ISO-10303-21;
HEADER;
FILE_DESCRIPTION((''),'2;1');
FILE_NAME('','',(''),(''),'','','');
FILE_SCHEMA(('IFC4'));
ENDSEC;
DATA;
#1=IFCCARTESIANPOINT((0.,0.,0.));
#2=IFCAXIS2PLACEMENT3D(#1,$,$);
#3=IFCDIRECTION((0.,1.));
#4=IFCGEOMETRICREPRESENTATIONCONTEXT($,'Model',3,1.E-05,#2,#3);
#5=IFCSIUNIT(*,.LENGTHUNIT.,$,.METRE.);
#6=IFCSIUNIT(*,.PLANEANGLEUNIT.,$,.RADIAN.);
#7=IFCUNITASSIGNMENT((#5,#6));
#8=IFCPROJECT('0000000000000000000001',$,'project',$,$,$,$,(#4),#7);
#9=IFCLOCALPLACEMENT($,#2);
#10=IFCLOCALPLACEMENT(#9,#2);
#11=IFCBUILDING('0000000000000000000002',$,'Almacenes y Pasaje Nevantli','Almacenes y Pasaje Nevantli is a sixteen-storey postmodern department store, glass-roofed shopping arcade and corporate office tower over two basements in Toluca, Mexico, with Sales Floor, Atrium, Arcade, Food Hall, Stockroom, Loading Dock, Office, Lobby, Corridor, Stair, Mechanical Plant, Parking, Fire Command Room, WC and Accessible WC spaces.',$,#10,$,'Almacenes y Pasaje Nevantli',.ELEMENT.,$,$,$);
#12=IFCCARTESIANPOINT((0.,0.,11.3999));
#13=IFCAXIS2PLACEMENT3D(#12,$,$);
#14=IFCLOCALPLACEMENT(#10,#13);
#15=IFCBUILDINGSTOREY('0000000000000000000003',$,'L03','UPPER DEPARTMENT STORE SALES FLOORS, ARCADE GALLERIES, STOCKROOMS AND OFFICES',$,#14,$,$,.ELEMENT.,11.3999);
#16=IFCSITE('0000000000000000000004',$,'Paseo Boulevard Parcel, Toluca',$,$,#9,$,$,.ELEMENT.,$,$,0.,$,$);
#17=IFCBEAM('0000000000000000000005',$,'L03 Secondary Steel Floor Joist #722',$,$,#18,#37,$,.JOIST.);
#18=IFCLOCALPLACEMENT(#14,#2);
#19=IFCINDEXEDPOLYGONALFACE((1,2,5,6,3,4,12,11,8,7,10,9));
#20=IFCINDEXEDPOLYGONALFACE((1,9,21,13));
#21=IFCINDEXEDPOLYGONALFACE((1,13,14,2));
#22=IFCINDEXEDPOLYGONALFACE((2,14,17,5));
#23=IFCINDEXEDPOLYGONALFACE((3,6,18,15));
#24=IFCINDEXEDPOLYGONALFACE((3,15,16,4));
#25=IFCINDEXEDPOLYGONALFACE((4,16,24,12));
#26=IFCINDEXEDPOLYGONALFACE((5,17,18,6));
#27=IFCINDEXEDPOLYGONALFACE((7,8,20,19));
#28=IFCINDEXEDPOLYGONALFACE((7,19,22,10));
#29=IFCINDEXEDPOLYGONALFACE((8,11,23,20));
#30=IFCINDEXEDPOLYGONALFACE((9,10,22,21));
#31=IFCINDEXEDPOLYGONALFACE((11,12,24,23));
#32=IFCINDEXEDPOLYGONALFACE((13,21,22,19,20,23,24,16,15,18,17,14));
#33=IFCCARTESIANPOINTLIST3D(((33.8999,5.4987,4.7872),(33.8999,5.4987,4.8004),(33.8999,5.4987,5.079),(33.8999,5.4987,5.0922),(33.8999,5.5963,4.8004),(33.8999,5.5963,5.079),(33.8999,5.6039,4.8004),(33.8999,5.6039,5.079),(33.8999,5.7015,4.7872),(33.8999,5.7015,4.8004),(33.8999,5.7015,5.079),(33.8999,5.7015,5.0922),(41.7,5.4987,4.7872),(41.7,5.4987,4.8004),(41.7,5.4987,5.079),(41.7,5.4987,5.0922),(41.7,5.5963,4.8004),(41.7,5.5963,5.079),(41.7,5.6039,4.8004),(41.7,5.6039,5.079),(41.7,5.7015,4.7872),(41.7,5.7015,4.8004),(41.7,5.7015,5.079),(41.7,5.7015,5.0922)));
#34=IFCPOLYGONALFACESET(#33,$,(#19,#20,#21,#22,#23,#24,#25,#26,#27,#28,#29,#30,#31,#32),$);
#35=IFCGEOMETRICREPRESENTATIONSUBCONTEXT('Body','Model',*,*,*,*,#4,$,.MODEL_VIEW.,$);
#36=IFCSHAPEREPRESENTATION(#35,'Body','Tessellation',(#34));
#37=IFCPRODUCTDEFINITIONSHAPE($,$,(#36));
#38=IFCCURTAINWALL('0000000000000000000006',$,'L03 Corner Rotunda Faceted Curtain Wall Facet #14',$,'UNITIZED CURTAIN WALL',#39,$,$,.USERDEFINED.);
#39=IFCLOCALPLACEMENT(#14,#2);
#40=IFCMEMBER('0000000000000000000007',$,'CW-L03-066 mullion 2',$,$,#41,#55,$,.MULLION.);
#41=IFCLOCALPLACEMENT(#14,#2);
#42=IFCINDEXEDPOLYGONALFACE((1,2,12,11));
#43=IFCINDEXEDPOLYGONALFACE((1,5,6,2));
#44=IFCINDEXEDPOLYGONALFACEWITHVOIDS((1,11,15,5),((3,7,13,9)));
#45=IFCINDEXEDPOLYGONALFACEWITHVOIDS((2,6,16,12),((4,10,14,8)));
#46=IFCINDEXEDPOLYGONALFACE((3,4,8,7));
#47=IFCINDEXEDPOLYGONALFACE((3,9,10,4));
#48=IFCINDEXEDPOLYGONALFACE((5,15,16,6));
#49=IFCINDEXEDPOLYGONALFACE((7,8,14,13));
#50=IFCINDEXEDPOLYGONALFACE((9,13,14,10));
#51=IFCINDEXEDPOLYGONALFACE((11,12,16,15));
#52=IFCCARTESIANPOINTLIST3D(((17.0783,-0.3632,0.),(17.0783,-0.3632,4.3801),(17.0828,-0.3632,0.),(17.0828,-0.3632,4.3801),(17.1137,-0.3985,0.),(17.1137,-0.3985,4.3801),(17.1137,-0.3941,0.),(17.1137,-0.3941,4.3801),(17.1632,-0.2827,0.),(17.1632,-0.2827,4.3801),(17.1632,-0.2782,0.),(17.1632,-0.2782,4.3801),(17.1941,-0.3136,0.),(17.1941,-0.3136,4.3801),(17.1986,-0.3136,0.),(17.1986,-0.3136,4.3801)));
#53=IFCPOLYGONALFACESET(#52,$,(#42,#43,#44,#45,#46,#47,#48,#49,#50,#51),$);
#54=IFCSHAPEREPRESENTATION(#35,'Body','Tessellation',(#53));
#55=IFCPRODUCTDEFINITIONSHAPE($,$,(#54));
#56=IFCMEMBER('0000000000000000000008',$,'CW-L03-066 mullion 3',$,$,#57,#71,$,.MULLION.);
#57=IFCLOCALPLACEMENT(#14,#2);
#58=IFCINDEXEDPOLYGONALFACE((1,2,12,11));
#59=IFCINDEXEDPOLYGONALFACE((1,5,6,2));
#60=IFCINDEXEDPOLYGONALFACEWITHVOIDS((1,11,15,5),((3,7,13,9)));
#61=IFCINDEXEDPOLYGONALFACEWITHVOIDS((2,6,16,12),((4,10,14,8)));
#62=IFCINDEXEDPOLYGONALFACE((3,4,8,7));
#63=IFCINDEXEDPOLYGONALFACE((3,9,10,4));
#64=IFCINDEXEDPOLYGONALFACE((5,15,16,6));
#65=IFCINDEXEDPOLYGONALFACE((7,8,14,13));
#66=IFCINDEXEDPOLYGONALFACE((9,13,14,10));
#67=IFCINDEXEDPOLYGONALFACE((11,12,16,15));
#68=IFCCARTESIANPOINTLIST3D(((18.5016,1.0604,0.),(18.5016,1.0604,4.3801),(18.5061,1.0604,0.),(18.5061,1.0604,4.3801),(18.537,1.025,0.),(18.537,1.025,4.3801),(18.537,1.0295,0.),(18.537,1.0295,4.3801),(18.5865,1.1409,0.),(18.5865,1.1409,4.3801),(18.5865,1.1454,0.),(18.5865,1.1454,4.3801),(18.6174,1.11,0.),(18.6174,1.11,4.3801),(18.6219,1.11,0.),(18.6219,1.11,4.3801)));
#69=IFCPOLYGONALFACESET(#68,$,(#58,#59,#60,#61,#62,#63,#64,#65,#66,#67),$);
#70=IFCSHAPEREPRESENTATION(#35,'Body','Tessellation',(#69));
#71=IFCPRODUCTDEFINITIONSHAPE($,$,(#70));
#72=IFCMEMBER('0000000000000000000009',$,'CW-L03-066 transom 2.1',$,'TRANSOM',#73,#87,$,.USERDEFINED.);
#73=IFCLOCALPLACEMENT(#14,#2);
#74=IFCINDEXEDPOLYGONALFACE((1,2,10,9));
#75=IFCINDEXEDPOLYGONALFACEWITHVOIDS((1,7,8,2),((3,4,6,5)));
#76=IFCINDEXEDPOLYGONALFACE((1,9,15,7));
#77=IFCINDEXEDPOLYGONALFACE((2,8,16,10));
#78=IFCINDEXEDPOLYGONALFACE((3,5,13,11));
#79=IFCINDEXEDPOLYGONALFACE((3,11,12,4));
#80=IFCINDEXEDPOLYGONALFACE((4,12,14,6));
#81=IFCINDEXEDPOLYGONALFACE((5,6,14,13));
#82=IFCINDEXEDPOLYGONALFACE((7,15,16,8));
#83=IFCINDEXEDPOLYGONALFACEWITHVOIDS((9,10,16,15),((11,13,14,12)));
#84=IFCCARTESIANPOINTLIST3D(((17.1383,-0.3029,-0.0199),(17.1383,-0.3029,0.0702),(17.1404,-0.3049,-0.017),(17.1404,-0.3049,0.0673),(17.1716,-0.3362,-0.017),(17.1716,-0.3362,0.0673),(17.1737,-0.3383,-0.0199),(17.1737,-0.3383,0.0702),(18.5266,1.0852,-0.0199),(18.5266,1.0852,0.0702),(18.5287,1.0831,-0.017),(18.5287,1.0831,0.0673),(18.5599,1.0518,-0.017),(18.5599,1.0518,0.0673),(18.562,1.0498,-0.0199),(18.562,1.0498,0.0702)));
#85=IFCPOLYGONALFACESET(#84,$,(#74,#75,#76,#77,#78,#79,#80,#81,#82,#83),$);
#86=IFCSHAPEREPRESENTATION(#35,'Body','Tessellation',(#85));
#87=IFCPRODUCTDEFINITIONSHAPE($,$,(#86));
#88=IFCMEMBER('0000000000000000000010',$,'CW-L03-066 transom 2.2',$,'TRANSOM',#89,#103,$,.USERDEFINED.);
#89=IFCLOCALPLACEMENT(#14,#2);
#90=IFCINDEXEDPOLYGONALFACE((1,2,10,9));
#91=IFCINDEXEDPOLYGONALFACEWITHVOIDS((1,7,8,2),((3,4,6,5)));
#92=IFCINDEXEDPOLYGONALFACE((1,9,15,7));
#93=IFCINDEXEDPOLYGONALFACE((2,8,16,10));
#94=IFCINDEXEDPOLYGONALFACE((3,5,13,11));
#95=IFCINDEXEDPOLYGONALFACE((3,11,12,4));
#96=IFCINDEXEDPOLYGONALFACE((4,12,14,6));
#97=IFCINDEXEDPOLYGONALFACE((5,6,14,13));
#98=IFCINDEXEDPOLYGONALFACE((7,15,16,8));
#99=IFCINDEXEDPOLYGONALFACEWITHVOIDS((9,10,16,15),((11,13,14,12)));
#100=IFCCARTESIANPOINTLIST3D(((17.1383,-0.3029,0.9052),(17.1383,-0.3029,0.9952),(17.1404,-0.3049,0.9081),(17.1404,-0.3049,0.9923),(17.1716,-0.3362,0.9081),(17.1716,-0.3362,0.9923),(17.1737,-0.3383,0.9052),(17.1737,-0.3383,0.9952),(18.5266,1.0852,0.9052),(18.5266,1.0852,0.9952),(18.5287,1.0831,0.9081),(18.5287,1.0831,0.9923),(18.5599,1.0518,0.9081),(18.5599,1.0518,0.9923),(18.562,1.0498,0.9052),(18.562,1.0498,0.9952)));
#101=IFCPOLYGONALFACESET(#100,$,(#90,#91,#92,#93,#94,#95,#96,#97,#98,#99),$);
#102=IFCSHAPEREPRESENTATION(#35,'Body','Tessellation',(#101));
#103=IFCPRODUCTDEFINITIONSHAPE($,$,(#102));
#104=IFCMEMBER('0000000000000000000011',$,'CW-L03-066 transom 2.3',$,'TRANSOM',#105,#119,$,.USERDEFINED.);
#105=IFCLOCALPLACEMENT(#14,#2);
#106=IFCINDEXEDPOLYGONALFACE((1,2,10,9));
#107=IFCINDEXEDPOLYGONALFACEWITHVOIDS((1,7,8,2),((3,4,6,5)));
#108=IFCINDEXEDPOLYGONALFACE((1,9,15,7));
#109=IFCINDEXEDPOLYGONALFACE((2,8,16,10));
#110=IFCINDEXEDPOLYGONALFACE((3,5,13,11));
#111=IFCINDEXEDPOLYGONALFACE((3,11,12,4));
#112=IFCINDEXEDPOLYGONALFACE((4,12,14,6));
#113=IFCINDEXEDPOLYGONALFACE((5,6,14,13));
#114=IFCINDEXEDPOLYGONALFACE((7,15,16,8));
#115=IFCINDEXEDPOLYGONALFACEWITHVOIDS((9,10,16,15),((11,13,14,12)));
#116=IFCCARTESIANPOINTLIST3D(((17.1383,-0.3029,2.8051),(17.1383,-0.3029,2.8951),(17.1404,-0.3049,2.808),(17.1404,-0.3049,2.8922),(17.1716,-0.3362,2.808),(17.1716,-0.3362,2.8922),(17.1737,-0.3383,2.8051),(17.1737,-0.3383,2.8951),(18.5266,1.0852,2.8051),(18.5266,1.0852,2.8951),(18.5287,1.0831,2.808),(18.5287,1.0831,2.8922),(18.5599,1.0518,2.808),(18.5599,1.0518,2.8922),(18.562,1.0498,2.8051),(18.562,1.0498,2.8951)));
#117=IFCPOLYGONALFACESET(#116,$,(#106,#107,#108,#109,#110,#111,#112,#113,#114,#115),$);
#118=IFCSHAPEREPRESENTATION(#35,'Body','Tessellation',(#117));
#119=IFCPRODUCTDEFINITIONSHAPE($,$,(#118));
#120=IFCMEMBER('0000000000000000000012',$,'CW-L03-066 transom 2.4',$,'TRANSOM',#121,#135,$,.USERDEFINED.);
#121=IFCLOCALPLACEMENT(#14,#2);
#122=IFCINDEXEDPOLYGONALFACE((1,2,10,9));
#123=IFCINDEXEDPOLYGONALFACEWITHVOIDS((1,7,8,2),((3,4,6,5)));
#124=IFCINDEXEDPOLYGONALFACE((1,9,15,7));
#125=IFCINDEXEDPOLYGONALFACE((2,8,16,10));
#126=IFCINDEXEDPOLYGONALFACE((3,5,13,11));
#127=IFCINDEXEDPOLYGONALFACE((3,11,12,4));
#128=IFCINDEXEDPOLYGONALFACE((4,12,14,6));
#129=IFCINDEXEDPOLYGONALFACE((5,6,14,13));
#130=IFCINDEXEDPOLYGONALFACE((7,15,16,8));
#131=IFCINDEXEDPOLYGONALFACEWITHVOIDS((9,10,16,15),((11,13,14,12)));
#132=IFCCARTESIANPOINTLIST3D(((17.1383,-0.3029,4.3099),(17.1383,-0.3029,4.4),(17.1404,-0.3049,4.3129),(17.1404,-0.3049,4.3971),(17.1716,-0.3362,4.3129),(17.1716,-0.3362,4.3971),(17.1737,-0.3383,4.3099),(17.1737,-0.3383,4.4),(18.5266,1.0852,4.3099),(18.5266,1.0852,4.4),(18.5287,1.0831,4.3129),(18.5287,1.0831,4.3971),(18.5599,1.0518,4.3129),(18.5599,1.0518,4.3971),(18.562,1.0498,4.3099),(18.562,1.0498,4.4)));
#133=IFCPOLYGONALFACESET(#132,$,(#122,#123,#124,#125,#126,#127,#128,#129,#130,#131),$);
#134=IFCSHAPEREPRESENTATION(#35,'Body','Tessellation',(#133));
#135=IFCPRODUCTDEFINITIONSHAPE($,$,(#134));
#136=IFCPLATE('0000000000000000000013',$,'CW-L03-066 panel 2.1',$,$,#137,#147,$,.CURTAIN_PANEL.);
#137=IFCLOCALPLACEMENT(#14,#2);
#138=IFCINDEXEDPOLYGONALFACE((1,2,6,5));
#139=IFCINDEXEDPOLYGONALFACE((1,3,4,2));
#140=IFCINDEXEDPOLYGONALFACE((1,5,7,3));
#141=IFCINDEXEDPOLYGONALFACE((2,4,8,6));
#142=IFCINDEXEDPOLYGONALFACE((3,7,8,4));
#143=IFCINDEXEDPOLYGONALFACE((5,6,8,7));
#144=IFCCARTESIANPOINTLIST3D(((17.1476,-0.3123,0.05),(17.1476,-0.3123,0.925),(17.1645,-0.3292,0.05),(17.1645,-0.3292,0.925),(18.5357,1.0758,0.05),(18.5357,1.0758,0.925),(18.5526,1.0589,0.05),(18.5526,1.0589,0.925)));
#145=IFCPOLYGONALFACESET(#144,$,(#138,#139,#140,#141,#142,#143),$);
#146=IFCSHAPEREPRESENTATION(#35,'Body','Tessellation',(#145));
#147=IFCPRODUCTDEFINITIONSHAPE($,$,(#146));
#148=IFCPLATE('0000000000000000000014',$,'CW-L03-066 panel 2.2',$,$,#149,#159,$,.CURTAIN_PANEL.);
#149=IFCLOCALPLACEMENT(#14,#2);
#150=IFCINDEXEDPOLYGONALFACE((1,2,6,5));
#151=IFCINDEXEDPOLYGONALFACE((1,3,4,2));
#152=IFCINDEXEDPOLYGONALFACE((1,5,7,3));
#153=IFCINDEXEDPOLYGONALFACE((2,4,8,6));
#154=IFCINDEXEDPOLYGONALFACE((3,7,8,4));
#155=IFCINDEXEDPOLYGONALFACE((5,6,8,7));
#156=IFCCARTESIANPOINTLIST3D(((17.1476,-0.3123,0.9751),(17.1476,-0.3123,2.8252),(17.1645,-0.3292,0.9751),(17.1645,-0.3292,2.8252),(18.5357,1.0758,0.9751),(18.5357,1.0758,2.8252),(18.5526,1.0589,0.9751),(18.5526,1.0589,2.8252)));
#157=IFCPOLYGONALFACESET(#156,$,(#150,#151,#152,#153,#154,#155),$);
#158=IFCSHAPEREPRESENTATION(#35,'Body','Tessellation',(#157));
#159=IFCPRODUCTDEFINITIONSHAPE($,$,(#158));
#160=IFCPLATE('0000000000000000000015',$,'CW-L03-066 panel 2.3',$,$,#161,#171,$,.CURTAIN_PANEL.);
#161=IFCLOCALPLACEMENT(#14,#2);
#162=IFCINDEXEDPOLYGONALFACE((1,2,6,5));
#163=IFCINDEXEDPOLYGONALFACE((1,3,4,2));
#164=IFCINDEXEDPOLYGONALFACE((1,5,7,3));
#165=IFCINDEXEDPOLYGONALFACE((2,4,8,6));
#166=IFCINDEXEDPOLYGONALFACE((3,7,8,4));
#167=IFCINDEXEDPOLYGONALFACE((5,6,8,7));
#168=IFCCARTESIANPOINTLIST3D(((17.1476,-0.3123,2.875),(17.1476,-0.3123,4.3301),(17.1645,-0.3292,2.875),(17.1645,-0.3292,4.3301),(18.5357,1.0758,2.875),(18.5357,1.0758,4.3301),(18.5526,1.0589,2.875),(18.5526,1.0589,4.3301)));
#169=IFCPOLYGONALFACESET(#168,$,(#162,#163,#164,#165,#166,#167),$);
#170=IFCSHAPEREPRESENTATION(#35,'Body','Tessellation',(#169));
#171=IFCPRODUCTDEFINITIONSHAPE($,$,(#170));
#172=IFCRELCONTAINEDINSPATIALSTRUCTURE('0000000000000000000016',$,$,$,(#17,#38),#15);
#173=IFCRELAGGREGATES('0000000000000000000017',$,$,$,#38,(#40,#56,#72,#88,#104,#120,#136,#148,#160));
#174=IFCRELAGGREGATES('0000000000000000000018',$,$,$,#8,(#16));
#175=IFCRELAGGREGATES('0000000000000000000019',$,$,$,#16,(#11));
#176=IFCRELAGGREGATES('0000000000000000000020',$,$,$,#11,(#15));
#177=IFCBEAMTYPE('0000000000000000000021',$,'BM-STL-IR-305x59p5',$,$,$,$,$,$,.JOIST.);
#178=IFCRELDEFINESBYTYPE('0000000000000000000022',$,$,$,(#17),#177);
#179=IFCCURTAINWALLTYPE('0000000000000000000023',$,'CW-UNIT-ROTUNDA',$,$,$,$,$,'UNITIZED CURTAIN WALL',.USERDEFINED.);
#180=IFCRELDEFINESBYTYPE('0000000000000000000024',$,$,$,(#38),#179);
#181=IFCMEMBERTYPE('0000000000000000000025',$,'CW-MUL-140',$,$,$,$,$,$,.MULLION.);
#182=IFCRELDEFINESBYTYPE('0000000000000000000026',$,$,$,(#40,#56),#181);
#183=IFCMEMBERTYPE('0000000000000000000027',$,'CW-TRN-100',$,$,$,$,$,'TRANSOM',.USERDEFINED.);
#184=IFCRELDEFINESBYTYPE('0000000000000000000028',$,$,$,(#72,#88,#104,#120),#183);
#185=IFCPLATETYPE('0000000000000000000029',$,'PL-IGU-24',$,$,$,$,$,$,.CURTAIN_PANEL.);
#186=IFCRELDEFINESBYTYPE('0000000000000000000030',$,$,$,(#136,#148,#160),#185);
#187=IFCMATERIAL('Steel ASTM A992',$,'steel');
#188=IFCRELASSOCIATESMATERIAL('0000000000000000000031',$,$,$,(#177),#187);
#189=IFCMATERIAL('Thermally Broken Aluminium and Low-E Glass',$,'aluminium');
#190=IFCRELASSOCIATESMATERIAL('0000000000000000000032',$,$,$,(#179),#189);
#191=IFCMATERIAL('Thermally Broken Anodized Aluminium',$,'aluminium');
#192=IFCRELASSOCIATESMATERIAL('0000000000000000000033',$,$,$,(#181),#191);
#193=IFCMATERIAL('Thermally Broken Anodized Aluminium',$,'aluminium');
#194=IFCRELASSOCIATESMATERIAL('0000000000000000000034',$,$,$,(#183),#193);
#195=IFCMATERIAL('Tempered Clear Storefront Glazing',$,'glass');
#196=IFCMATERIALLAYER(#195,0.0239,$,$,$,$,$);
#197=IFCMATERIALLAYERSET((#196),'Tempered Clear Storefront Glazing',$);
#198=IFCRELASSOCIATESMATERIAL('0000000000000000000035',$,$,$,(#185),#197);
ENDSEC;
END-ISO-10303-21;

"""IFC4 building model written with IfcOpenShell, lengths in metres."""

from ifc_helpers import new_model, si_unit, direction, frame, origin, origin_2d, place, context, subcontext, project, spatial, rectangle, hollow_rectangle, i_section, extrude, material, layer, layer_set, material_profile, profile_set, type_object, element, aggregate, save


model = new_model("IFC4")

# Units and contexts
model_context = context("Model", 3, precision=1e-05, world=origin(), true_north=direction((0.0, 1.0)))
body_context = subcontext(model_context, "Body", "Model", "MODEL_VIEW")
ifc_project = project(units=[si_unit("LENGTHUNIT", "METRE"), si_unit("PLANEANGLEUNIT", "RADIAN")], contexts=[model_context])

# Site, building, storey
site_placement = place(None, origin())
site = spatial("IfcSite", under=ifc_project, at=site_placement, Name="Paseo Boulevard Parcel, Toluca", CompositionType="ELEMENT", RefElevation=0.0)
building_placement = place(site_placement, origin())
building = spatial("IfcBuilding", under=site, at=building_placement, Name="Almacenes y Pasaje Nevantli", Description="Almacenes y Pasaje Nevantli is a sixteen-storey postmodern department store, glass-roofed shopping arcade and corporate office tower over two basements in Toluca, Mexico, with Sales Floor, Atrium, Arcade, Food Hall, Stockroom, Loading Dock, Office, Lobby, Corridor, Stair, Mechanical Plant, Parking, Fire Command Room, WC and Accessible WC spaces.", LongName="Almacenes y Pasaje Nevantli", CompositionType="ELEMENT")
storey_placement = place(building_placement, frame((0.0, 0.0, 11.3999)))
storey = spatial("IfcBuildingStorey", under=building, at=storey_placement, Name="L03", Description="UPPER DEPARTMENT STORE SALES FLOORS, ARCADE GALLERIES, STOCKROOMS AND OFFICES", CompositionType="ELEMENT", Elevation=11.3999)

# Beam
ifc_material_1 = material(Name="Steel ASTM A992", Category="steel")
ifc_material_profile_1 = material_profile(ifc_material_1, i_section(OverallWidth=0.2029, OverallDepth=0.3049, WebThickness=0.0076, FlangeThickness=0.0132, at=origin_2d()), Name="IR 305x59.5")
ifc_profile_set_1 = profile_set([ifc_material_profile_1], Name="Steel ASTM A992")
beam_type_1 = type_object("IfcBeamType", Name="BM-STL-IR-305x59p5", PredefinedType="JOIST", material=ifc_profile_set_1)
for number, where, z_axis, x_axis, name in (
    (1, (33.8999, 5.6001, 4.9397), (1.0, 0.0, 0.0), (0.0, 1.0, 0.0), "L03 Secondary Steel Floor Joist #722"),
):
    element("IfcBeam", number, at=place(storey_placement, frame(where, z_axis=z_axis, x_axis=x_axis)), inside=storey, type_object=beam_type_1, Name=name, PredefinedType="JOIST", context=body_context, shape_type="SweptSolid", body=[
        extrude(i_section(OverallWidth=0.2029, OverallDepth=0.3049, WebThickness=0.0076, FlangeThickness=0.0132, at=origin_2d()), origin(), (0.0, 0.0, 1.0), 7.8),
    ])

# Curtain wall, members, plates
ifc_material_2 = material(Name="Thermally Broken Aluminium and Low-E Glass", Category="aluminium")
curtain_wall_type = type_object("IfcCurtainWallType", Name="CW-UNIT-ROTUNDA", ElementType="UNITIZED CURTAIN WALL", PredefinedType="USERDEFINED", material=ifc_material_2)
curtain_wall_placement = place(storey_placement, origin())
curtain_wall = element("IfcCurtainWall", 2, at=curtain_wall_placement, inside=storey, type_object=curtain_wall_type, Name="L03 Corner Rotunda Faceted Curtain Wall Facet #14", ObjectType="UNITIZED CURTAIN WALL", PredefinedType="USERDEFINED")
ifc_material_3 = material(Name="Thermally Broken Anodized Aluminium", Category="aluminium")
ifc_material_profile_2 = material_profile(ifc_material_3, hollow_rectangle(XDim=0.05, YDim=0.1201, WallThickness=0.0032, at=origin_2d()), Name="ALU-MUL-50x120")
ifc_profile_set_2 = profile_set([ifc_material_profile_2], Name="Thermally Broken Anodized Aluminium")
member_type_1 = type_object("IfcMemberType", Name="CW-MUL-140", PredefinedType="MULLION", material=ifc_profile_set_2)
member_1_placement = place(storey_placement, frame((17.1384, -0.3384, 0.0), z_axis=(0.0, 0.0, 1.0), x_axis=(-0.707107, 0.707107, 0.0)))
member_1 = element("IfcMember", 3, at=member_1_placement, type_object=member_type_1, Name="CW-L03-066 mullion 2", PredefinedType="MULLION", context=body_context, shape_type="SweptSolid", body=[
    extrude(hollow_rectangle(XDim=0.05, YDim=0.1201, WallThickness=0.0032, at=origin_2d()), origin(), (0.0, 0.0, 1.0), 4.3801),
])
member_2_placement = place(storey_placement, frame((18.5618, 1.0852, 0.0), z_axis=(0.0, 0.0, 1.0), x_axis=(-0.707107, 0.707107, 0.0)))
member_2 = element("IfcMember", 4, at=member_2_placement, type_object=member_type_1, Name="CW-L03-066 mullion 3", PredefinedType="MULLION", context=body_context, shape_type="SweptSolid", body=[
    extrude(hollow_rectangle(XDim=0.05, YDim=0.1201, WallThickness=0.0032, at=origin_2d()), origin(), (0.0, 0.0, 1.0), 4.3801),
])
ifc_material_4 = material(Name="Thermally Broken Anodized Aluminium", Category="aluminium")
ifc_material_profile_3 = material_profile(ifc_material_4, hollow_rectangle(XDim=0.05, YDim=0.0901, WallThickness=0.0029, at=origin_2d()), Name="ALU-TRN-50x90")
ifc_profile_set_3 = profile_set([ifc_material_profile_3], Name="Thermally Broken Anodized Aluminium")
member_type_2 = type_object("IfcMemberType", Name="CW-TRN-100", ElementType="TRANSOM", PredefinedType="USERDEFINED", material=ifc_profile_set_3)
member_3_placement = place(storey_placement, frame((17.156, -0.3206, 0.0251), z_axis=(0.707169, 0.707045, 0.0), x_axis=(-0.707045, 0.707169, 0.0)))
member_3 = element("IfcMember", 5, at=member_3_placement, type_object=member_type_2, Name="CW-L03-066 transom 2.1", ObjectType="TRANSOM", PredefinedType="USERDEFINED", context=body_context, shape_type="SweptSolid", body=[
    extrude(hollow_rectangle(XDim=0.05, YDim=0.0901, WallThickness=0.0029, at=origin_2d()), origin(), (0.0, 0.0, 1.0), 1.9631),
])
member_4_placement = place(storey_placement, frame((17.156, -0.3206, 0.9502), z_axis=(0.707169, 0.707045, 0.0), x_axis=(-0.707045, 0.707169, 0.0)))
member_4 = element("IfcMember", 6, at=member_4_placement, type_object=member_type_2, Name="CW-L03-066 transom 2.2", ObjectType="TRANSOM", PredefinedType="USERDEFINED", context=body_context, shape_type="SweptSolid", body=[
    extrude(hollow_rectangle(XDim=0.05, YDim=0.0901, WallThickness=0.0029, at=origin_2d()), origin(), (0.0, 0.0, 1.0), 1.9631),
])
member_5_placement = place(storey_placement, frame((17.156, -0.3206, 2.8501), z_axis=(0.707169, 0.707045, 0.0), x_axis=(-0.707045, 0.707169, 0.0)))
member_5 = element("IfcMember", 7, at=member_5_placement, type_object=member_type_2, Name="CW-L03-066 transom 2.3", ObjectType="TRANSOM", PredefinedType="USERDEFINED", context=body_context, shape_type="SweptSolid", body=[
    extrude(hollow_rectangle(XDim=0.05, YDim=0.0901, WallThickness=0.0029, at=origin_2d()), origin(), (0.0, 0.0, 1.0), 1.9631),
])
member_6_placement = place(storey_placement, frame((17.156, -0.3206, 4.355), z_axis=(0.707169, 0.707045, 0.0), x_axis=(-0.707045, 0.707169, 0.0)))
member_6 = element("IfcMember", 8, at=member_6_placement, type_object=member_type_2, Name="CW-L03-066 transom 2.4", ObjectType="TRANSOM", PredefinedType="USERDEFINED", context=body_context, shape_type="SweptSolid", body=[
    extrude(hollow_rectangle(XDim=0.05, YDim=0.0901, WallThickness=0.0029, at=origin_2d()), origin(), (0.0, 0.0, 1.0), 1.9631),
])
ifc_material_5 = material(Name="Tempered Clear Storefront Glazing", Category="glass")
ifc_layer_1 = layer(ifc_material_5, 0.0239)
ifc_layer_set_1 = layer_set([ifc_layer_1], Name="Tempered Clear Storefront Glazing")
plate_type = type_object("IfcPlateType", Name="PL-IGU-24", PredefinedType="CURTAIN_PANEL", material=ifc_layer_set_1)
plate_1_placement = place(storey_placement, frame((17.8501, 0.3733, 0.05), z_axis=(0.0, 0.0, 1.0), x_axis=(0.707107, 0.707107, 0.0)))
plate_1 = element("IfcPlate", 9, at=plate_1_placement, type_object=plate_type, Name="CW-L03-066 panel 2.1", PredefinedType="CURTAIN_PANEL", context=body_context, shape_type="SweptSolid", body=[
    extrude(rectangle(XDim=1.9631, YDim=0.0239, at=origin_2d()), origin(), (0.0, 0.0, 1.0), 0.875),
])
plate_2_placement = place(storey_placement, frame((17.8501, 0.3733, 0.9751), z_axis=(0.0, 0.0, 1.0), x_axis=(0.707107, 0.707107, 0.0)))
plate_2 = element("IfcPlate", 10, at=plate_2_placement, type_object=plate_type, Name="CW-L03-066 panel 2.2", PredefinedType="CURTAIN_PANEL", context=body_context, shape_type="SweptSolid", body=[
    extrude(rectangle(XDim=1.9631, YDim=0.0239, at=origin_2d()), origin(), (0.0, 0.0, 1.0), 1.8501),
])
plate_3_placement = place(storey_placement, frame((17.8501, 0.3733, 2.875), z_axis=(0.0, 0.0, 1.0), x_axis=(0.707107, 0.707107, 0.0)))
plate_3 = element("IfcPlate", 11, at=plate_3_placement, type_object=plate_type, Name="CW-L03-066 panel 2.3", PredefinedType="CURTAIN_PANEL", context=body_context, shape_type="SweptSolid", body=[
    extrude(rectangle(XDim=1.9631, YDim=0.0239, at=origin_2d()), origin(), (0.0, 0.0, 1.0), 1.4551),
])
aggregate(curtain_wall, [member_1, member_2, member_3, member_4, member_5, member_6, plate_1, plate_2, plate_3])

save(model, "model.ifc")
